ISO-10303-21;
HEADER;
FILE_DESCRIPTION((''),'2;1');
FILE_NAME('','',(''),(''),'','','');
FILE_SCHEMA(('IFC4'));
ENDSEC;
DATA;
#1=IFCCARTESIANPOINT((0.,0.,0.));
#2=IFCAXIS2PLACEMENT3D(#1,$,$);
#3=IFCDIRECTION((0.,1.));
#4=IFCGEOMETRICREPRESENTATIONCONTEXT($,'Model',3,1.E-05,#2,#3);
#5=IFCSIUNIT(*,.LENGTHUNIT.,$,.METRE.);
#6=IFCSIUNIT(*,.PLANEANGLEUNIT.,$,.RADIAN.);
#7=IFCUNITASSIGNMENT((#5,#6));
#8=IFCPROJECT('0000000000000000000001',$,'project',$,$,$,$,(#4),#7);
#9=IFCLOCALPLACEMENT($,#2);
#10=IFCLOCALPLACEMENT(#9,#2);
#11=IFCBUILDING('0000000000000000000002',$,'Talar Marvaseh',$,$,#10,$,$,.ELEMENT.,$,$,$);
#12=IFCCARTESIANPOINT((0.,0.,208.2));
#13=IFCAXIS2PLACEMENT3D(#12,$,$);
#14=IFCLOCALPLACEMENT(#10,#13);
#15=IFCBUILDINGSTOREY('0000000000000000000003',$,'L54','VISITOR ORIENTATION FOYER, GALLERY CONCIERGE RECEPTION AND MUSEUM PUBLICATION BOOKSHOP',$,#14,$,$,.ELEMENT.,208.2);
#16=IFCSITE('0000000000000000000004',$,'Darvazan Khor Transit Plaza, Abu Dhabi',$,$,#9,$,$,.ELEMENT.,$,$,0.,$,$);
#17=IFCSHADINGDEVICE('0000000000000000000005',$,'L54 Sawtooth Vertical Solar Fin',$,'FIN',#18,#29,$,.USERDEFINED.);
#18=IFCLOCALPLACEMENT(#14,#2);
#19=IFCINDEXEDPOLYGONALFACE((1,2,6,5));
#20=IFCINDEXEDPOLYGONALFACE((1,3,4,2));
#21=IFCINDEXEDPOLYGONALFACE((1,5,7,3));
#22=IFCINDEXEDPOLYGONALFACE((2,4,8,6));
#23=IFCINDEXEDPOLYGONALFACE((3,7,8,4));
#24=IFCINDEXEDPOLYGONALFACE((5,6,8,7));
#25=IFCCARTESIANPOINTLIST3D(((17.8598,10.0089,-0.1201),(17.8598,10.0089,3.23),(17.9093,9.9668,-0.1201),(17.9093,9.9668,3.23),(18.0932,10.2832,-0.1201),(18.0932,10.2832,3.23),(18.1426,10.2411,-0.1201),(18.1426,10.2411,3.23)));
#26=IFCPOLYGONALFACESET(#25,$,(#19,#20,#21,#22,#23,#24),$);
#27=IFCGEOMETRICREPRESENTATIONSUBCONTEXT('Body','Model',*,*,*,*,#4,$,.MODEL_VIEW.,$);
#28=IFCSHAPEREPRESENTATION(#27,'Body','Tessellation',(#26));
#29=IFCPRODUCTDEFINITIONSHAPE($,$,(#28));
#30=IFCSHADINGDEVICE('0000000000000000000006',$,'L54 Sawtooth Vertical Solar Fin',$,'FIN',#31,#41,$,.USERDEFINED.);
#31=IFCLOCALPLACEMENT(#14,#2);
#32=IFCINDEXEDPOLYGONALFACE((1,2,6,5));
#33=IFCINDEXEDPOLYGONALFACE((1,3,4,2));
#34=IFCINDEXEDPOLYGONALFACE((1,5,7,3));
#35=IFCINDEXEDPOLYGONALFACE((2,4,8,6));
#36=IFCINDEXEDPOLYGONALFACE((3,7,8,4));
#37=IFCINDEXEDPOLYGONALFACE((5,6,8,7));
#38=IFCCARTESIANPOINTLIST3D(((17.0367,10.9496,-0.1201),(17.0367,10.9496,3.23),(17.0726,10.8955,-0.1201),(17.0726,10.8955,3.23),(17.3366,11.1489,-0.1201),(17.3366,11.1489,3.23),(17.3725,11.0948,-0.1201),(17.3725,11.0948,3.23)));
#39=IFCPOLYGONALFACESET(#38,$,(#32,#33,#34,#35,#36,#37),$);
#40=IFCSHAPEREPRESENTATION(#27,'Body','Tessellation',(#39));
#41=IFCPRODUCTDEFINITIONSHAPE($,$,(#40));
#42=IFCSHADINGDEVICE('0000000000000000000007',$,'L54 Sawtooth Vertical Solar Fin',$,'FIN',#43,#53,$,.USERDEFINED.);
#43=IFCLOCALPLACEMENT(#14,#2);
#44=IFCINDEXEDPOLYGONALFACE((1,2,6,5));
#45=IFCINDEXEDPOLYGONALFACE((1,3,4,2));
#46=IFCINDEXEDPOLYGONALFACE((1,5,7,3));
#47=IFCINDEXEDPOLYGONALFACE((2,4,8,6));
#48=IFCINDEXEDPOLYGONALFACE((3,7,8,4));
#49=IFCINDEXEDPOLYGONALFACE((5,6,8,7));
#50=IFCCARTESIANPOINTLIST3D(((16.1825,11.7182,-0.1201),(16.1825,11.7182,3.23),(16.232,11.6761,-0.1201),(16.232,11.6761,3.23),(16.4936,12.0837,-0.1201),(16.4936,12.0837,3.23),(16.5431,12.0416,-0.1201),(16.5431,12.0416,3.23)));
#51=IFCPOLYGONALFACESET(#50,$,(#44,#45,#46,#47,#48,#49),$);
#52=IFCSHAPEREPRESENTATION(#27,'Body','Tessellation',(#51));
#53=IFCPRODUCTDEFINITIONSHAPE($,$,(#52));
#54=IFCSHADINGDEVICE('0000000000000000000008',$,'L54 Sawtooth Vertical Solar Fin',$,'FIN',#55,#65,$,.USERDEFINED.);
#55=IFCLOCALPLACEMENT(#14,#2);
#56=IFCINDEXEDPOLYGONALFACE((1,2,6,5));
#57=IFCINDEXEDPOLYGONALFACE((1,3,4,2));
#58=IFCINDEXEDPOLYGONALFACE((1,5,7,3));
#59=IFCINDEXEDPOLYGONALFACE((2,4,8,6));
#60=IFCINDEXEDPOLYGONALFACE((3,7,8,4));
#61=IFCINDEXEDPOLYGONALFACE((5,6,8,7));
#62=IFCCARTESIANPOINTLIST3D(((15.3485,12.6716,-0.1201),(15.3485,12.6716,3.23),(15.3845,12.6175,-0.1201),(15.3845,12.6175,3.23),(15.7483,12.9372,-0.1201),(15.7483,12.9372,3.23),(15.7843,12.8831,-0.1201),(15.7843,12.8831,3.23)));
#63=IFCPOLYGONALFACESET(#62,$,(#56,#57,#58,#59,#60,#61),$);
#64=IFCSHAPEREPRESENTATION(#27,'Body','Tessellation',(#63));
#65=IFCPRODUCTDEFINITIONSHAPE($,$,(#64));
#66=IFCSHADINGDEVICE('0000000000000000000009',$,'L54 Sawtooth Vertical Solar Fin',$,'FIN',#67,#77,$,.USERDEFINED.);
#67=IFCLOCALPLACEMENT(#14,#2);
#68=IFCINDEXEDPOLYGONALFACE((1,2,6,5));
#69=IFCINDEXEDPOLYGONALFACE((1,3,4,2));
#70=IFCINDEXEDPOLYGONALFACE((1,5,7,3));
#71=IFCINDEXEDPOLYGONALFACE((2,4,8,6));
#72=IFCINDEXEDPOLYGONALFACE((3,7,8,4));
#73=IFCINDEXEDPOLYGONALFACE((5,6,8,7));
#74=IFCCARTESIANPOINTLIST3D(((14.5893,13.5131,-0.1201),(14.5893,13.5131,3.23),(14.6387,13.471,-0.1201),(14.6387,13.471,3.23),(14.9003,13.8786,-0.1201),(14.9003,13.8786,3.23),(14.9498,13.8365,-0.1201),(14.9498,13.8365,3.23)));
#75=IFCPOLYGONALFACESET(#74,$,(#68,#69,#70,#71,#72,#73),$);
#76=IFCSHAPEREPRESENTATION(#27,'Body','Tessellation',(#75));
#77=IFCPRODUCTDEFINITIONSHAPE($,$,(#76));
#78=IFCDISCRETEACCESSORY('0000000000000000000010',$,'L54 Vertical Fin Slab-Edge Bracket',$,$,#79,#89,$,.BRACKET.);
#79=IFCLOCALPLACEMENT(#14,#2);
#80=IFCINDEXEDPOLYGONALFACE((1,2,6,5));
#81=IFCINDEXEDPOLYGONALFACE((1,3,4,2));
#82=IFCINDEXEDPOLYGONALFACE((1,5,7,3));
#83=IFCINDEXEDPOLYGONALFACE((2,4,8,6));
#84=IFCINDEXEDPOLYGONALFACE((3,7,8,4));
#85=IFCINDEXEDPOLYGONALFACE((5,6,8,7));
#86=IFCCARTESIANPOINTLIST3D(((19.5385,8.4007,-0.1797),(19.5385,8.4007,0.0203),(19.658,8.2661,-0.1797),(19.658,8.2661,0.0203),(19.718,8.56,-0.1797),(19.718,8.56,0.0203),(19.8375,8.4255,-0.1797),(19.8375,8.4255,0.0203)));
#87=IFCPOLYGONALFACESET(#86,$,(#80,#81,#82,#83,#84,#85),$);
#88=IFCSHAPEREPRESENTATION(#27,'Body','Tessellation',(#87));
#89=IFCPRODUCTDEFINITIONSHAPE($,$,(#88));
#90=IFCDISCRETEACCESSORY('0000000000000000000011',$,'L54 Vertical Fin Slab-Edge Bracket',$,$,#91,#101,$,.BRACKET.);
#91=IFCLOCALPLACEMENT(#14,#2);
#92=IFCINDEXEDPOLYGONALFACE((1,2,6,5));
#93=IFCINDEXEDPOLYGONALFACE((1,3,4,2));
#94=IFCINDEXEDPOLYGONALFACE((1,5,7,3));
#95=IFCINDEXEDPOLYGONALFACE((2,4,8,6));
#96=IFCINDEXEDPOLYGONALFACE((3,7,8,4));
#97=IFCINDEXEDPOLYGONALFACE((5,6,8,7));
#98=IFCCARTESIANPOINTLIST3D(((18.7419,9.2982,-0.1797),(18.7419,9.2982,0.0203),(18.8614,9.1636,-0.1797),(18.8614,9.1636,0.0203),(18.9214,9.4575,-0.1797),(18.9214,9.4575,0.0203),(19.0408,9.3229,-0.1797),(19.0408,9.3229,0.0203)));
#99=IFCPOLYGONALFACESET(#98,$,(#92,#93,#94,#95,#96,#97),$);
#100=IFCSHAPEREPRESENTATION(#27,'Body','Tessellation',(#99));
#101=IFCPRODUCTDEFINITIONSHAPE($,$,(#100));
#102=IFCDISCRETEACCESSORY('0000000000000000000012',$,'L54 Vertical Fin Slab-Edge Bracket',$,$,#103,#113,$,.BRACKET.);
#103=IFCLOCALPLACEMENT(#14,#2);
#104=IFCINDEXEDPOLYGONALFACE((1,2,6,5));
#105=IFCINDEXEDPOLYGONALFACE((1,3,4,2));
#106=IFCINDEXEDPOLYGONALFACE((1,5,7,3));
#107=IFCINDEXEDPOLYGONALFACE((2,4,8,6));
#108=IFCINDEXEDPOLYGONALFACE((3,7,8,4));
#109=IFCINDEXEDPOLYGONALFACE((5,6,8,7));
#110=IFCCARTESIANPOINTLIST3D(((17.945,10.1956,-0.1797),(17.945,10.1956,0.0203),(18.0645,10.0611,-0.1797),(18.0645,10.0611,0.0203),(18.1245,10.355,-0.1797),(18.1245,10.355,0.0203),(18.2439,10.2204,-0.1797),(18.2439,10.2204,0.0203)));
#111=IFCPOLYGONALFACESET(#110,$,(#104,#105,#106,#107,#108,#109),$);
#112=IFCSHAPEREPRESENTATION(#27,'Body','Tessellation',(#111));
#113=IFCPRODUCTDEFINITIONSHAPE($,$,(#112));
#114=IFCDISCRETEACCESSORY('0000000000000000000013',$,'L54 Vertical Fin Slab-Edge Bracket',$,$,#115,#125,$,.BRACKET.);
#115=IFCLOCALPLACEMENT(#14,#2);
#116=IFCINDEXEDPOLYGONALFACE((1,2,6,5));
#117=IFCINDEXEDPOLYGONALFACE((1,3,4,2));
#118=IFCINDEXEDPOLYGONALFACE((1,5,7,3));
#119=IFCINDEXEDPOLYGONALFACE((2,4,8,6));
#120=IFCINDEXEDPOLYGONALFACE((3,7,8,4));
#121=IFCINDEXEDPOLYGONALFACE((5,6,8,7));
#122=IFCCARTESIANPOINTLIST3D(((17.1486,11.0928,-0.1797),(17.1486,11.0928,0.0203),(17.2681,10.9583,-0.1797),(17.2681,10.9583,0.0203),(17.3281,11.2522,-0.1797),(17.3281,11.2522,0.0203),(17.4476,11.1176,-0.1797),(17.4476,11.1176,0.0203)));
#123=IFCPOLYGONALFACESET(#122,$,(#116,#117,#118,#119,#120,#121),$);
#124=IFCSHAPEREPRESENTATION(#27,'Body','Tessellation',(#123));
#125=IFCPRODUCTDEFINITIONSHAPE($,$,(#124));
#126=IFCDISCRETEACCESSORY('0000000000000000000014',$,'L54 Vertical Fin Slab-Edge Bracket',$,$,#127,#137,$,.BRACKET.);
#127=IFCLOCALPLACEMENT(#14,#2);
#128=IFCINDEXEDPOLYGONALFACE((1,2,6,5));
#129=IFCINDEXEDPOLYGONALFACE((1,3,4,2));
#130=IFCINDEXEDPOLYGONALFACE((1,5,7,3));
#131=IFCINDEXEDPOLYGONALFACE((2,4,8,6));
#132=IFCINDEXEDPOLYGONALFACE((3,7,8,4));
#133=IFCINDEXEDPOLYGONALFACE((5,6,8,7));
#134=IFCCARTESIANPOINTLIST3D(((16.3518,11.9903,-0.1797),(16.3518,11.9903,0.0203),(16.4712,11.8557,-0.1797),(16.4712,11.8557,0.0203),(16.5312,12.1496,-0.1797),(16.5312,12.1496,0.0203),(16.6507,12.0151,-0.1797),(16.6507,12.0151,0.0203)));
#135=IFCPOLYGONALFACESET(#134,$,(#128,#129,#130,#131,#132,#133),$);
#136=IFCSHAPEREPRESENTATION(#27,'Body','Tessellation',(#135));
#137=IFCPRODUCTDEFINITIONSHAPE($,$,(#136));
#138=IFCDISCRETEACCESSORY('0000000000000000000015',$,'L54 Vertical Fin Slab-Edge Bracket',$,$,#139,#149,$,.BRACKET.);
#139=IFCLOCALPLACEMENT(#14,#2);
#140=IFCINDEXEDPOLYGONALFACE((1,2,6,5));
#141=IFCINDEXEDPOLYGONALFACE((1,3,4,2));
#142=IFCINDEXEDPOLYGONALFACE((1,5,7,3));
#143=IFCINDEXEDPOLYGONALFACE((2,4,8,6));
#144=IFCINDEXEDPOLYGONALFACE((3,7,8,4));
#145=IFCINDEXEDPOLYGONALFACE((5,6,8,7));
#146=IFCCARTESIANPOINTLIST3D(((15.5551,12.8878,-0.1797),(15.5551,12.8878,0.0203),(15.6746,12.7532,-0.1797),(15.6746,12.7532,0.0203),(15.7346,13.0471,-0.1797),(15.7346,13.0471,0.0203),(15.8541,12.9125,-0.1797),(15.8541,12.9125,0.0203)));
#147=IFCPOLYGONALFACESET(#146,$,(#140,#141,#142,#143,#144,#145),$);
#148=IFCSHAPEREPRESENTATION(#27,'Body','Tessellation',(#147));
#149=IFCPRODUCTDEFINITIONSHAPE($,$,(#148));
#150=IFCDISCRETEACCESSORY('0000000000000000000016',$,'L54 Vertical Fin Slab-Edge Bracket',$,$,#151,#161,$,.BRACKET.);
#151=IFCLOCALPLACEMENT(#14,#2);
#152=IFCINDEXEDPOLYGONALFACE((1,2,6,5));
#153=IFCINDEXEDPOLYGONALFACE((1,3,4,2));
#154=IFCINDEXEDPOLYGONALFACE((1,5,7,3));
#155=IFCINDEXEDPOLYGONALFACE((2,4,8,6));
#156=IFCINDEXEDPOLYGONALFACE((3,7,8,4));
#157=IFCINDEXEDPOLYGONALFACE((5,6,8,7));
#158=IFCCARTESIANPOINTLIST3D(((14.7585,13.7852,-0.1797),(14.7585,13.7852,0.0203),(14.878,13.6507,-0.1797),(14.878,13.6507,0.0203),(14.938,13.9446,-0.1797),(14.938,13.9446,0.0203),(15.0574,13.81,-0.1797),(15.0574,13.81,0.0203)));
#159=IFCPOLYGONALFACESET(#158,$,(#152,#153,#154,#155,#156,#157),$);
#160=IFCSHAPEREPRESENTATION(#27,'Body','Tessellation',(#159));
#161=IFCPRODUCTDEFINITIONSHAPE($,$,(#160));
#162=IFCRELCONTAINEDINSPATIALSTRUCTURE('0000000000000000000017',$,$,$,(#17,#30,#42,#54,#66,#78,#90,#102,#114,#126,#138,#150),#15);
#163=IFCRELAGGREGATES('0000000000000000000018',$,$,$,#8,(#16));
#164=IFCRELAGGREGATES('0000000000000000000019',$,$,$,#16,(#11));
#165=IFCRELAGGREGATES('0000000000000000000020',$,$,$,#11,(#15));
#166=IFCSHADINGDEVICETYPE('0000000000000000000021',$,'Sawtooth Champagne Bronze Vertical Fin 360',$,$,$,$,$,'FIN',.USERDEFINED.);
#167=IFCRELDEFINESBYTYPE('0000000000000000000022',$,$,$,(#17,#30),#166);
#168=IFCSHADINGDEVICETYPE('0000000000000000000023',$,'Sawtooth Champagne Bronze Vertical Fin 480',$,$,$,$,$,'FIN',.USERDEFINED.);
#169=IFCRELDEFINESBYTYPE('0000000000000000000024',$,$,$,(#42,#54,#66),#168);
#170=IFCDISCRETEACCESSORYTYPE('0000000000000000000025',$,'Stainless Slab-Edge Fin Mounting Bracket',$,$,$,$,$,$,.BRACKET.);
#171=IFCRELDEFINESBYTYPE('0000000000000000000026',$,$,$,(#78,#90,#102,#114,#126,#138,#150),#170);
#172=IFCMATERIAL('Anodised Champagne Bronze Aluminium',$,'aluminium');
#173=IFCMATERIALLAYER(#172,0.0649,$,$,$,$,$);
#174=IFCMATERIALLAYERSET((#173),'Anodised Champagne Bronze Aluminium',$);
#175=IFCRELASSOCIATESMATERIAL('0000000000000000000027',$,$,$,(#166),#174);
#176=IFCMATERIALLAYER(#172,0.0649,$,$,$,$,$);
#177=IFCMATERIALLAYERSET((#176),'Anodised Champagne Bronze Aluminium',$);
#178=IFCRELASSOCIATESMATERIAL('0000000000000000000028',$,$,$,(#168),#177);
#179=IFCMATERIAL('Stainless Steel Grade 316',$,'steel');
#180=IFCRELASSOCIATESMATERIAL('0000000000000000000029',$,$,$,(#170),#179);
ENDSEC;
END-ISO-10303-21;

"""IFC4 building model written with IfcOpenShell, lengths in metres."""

from ifc_helpers import new_model, si_unit, direction, frame, origin, origin_2d, place, context, subcontext, project, spatial, rectangle, extrude, source, transform, mapped, material, layer, layer_set, type_object, type_shapes, element, save


model = new_model("IFC4")

# Units and contexts
model_context = context("Model", 3, precision=1e-05, world=origin(), true_north=direction((0.0, 1.0)))
body_context = subcontext(model_context, "Body", "Model", "MODEL_VIEW")
ifc_project = project(units=[si_unit("LENGTHUNIT", "METRE"), si_unit("PLANEANGLEUNIT", "RADIAN")], contexts=[model_context])

# Site, building, storey
site_placement = place(None, origin())
site = spatial("IfcSite", under=ifc_project, at=site_placement, Name="Darvazan Khor Transit Plaza, Abu Dhabi", CompositionType="ELEMENT", RefElevation=0.0)
building_placement = place(site_placement, origin())
building = spatial("IfcBuilding", under=site, at=building_placement, Name="Talar Marvaseh", CompositionType="ELEMENT")
storey_placement = place(building_placement, frame((0.0, 0.0, 208.2)))
storey = spatial("IfcBuildingStorey", under=building, at=storey_placement, Name="L54", Description="VISITOR ORIENTATION FOYER, GALLERY CONCIERGE RECEPTION AND MUSEUM PUBLICATION BOOKSHOP", CompositionType="ELEMENT", Elevation=208.2)

# Shading devices
ifc_material_1 = material(Name="Anodised Champagne Bronze Aluminium", Category="aluminium")
ifc_layer_1 = layer(ifc_material_1, 0.0649)
ifc_layer_set_1 = layer_set([ifc_layer_1], Name="Anodised Champagne Bronze Aluminium")
shading_device_type_1 = type_object("IfcShadingDeviceType", Name="Sawtooth Champagne Bronze Vertical Fin 360", ElementType="FIN", PredefinedType="USERDEFINED", material=ifc_layer_set_1)
shared_shape_1 = source(origin(), body_context, "Body", "SweptSolid", [
    extrude(rectangle(XDim=0.3601, YDim=0.0649, at=origin_2d()), origin(), (0.0, 0.0, 1.0), 3.3501),
])
type_shapes(shading_device_type_1, [shared_shape_1])
for number, where, z_axis, x_axis, name in (
    (1, (18.0012, 10.125, -0.1201), (0.0, 0.0, 1.0), (-0.64812, -0.761538, 0.0), "L54 Sawtooth Vertical Solar Fin"),
    (2, (17.2046, 11.0222, -0.1201), (0.0, 0.0, 1.0), (-0.832921, -0.553392, 0.0), "L54 Sawtooth Vertical Solar Fin"),
):
    element("IfcShadingDevice", number, at=place(storey_placement, frame(where, z_axis=z_axis, x_axis=x_axis)), inside=storey, type_object=shading_device_type_1, Name=name, ObjectType="FIN", PredefinedType="USERDEFINED", context=body_context, shape_type="MappedRepresentation", body=[
        mapped(shared_shape_1, transform((0.0, 0.0, 0.0), x_axis=(1.0, 0.0, 0.0), y_axis=(0.0, 1.0, 0.0), z_axis=(0.0, 0.0, 1.0), scale=1.0)),
    ])
ifc_layer_2 = layer(ifc_material_1, 0.0649)
ifc_layer_set_2 = layer_set([ifc_layer_2], Name="Anodised Champagne Bronze Aluminium")
shading_device_type_2 = type_object("IfcShadingDeviceType", Name="Sawtooth Champagne Bronze Vertical Fin 480", ElementType="FIN", PredefinedType="USERDEFINED", material=ifc_layer_set_2)
shared_shape_2 = source(origin(), body_context, "Body", "SweptSolid", [
    extrude(rectangle(XDim=0.48, YDim=0.0649, at=origin_2d()), origin(), (0.0, 0.0, 1.0), 3.3501),
])
type_shapes(shading_device_type_2, [shared_shape_2])
for number, where, z_axis, x_axis, name in (
    (3, (16.3628, 11.8799, -0.1201), (0.0, 0.0, 1.0), (-0.64812, -0.761538, 0.0), "L54 Sawtooth Vertical Solar Fin"),
    (4, (15.5664, 12.7773, -0.1201), (0.0, 0.0, 1.0), (-0.832921, -0.553392, 0.0), "L54 Sawtooth Vertical Solar Fin"),
    (5, (14.7695, 13.6748, -0.1201), (0.0, 0.0, 1.0), (-0.64812, -0.761538, 0.0), "L54 Sawtooth Vertical Solar Fin"),
):
    element("IfcShadingDevice", number, at=place(storey_placement, frame(where, z_axis=z_axis, x_axis=x_axis)), inside=storey, type_object=shading_device_type_2, Name=name, ObjectType="FIN", PredefinedType="USERDEFINED", context=body_context, shape_type="MappedRepresentation", body=[
        mapped(shared_shape_2, transform((0.0, 0.0, 0.0), x_axis=(1.0, 0.0, 0.0), y_axis=(0.0, 1.0, 0.0), z_axis=(0.0, 0.0, 1.0), scale=1.0)),
    ])

# Discrete accessories
ifc_material_2 = material(Name="Stainless Steel Grade 316", Category="steel")
discrete_accessory_type = type_object("IfcDiscreteAccessoryType", Name="Stainless Slab-Edge Fin Mounting Bracket", PredefinedType="BRACKET", material=ifc_material_2)
shared_shape_3 = source(origin(), body_context, "Body", "SweptSolid", [
    extrude(rectangle(XDim=0.24, YDim=0.1799, at=origin_2d()), origin(), (0.0, 0.0, 1.0), 0.2),
])
type_shapes(discrete_accessory_type, [shared_shape_3])
for number, where, z_axis, x_axis, name in (
    (6, (19.688, 8.4131, -0.1797), (0.0, 0.0, 1.0), (-0.747798, -0.663926, 0.0), "L54 Vertical Fin Slab-Edge Bracket"),
    (7, (18.8914, 9.3105, -0.1797), (0.0, 0.0, 1.0), (-0.747798, -0.663926, 0.0), "L54 Vertical Fin Slab-Edge Bracket"),
    (8, (18.0945, 10.208, -0.1797), (0.0, 0.0, 1.0), (-0.747798, -0.663926, 0.0), "L54 Vertical Fin Slab-Edge Bracket"),
    (9, (17.2981, 11.1052, -0.1797), (0.0, 0.0, 1.0), (-0.747798, -0.663926, 0.0), "L54 Vertical Fin Slab-Edge Bracket"),
    (10, (16.5012, 12.0027, -0.1797), (0.0, 0.0, 1.0), (-0.747798, -0.663926, 0.0), "L54 Vertical Fin Slab-Edge Bracket"),
    (11, (15.7046, 12.9001, -0.1797), (0.0, 0.0, 1.0), (-0.747798, -0.663926, 0.0), "L54 Vertical Fin Slab-Edge Bracket"),
    (12, (14.908, 13.7976, -0.1797), (0.0, 0.0, 1.0), (-0.747798, -0.663926, 0.0), "L54 Vertical Fin Slab-Edge Bracket"),
):
    element("IfcDiscreteAccessory", number, at=place(storey_placement, frame(where, z_axis=z_axis, x_axis=x_axis)), inside=storey, type_object=discrete_accessory_type, Name=name, PredefinedType="BRACKET", context=body_context, shape_type="MappedRepresentation", body=[
        mapped(shared_shape_3, transform((0.0, 0.0, 0.0), x_axis=(1.0, 0.0, 0.0), y_axis=(0.0, 1.0, 0.0), z_axis=(0.0, 0.0, 1.0), scale=1.0)),
    ])

save(model, "model.ifc")
